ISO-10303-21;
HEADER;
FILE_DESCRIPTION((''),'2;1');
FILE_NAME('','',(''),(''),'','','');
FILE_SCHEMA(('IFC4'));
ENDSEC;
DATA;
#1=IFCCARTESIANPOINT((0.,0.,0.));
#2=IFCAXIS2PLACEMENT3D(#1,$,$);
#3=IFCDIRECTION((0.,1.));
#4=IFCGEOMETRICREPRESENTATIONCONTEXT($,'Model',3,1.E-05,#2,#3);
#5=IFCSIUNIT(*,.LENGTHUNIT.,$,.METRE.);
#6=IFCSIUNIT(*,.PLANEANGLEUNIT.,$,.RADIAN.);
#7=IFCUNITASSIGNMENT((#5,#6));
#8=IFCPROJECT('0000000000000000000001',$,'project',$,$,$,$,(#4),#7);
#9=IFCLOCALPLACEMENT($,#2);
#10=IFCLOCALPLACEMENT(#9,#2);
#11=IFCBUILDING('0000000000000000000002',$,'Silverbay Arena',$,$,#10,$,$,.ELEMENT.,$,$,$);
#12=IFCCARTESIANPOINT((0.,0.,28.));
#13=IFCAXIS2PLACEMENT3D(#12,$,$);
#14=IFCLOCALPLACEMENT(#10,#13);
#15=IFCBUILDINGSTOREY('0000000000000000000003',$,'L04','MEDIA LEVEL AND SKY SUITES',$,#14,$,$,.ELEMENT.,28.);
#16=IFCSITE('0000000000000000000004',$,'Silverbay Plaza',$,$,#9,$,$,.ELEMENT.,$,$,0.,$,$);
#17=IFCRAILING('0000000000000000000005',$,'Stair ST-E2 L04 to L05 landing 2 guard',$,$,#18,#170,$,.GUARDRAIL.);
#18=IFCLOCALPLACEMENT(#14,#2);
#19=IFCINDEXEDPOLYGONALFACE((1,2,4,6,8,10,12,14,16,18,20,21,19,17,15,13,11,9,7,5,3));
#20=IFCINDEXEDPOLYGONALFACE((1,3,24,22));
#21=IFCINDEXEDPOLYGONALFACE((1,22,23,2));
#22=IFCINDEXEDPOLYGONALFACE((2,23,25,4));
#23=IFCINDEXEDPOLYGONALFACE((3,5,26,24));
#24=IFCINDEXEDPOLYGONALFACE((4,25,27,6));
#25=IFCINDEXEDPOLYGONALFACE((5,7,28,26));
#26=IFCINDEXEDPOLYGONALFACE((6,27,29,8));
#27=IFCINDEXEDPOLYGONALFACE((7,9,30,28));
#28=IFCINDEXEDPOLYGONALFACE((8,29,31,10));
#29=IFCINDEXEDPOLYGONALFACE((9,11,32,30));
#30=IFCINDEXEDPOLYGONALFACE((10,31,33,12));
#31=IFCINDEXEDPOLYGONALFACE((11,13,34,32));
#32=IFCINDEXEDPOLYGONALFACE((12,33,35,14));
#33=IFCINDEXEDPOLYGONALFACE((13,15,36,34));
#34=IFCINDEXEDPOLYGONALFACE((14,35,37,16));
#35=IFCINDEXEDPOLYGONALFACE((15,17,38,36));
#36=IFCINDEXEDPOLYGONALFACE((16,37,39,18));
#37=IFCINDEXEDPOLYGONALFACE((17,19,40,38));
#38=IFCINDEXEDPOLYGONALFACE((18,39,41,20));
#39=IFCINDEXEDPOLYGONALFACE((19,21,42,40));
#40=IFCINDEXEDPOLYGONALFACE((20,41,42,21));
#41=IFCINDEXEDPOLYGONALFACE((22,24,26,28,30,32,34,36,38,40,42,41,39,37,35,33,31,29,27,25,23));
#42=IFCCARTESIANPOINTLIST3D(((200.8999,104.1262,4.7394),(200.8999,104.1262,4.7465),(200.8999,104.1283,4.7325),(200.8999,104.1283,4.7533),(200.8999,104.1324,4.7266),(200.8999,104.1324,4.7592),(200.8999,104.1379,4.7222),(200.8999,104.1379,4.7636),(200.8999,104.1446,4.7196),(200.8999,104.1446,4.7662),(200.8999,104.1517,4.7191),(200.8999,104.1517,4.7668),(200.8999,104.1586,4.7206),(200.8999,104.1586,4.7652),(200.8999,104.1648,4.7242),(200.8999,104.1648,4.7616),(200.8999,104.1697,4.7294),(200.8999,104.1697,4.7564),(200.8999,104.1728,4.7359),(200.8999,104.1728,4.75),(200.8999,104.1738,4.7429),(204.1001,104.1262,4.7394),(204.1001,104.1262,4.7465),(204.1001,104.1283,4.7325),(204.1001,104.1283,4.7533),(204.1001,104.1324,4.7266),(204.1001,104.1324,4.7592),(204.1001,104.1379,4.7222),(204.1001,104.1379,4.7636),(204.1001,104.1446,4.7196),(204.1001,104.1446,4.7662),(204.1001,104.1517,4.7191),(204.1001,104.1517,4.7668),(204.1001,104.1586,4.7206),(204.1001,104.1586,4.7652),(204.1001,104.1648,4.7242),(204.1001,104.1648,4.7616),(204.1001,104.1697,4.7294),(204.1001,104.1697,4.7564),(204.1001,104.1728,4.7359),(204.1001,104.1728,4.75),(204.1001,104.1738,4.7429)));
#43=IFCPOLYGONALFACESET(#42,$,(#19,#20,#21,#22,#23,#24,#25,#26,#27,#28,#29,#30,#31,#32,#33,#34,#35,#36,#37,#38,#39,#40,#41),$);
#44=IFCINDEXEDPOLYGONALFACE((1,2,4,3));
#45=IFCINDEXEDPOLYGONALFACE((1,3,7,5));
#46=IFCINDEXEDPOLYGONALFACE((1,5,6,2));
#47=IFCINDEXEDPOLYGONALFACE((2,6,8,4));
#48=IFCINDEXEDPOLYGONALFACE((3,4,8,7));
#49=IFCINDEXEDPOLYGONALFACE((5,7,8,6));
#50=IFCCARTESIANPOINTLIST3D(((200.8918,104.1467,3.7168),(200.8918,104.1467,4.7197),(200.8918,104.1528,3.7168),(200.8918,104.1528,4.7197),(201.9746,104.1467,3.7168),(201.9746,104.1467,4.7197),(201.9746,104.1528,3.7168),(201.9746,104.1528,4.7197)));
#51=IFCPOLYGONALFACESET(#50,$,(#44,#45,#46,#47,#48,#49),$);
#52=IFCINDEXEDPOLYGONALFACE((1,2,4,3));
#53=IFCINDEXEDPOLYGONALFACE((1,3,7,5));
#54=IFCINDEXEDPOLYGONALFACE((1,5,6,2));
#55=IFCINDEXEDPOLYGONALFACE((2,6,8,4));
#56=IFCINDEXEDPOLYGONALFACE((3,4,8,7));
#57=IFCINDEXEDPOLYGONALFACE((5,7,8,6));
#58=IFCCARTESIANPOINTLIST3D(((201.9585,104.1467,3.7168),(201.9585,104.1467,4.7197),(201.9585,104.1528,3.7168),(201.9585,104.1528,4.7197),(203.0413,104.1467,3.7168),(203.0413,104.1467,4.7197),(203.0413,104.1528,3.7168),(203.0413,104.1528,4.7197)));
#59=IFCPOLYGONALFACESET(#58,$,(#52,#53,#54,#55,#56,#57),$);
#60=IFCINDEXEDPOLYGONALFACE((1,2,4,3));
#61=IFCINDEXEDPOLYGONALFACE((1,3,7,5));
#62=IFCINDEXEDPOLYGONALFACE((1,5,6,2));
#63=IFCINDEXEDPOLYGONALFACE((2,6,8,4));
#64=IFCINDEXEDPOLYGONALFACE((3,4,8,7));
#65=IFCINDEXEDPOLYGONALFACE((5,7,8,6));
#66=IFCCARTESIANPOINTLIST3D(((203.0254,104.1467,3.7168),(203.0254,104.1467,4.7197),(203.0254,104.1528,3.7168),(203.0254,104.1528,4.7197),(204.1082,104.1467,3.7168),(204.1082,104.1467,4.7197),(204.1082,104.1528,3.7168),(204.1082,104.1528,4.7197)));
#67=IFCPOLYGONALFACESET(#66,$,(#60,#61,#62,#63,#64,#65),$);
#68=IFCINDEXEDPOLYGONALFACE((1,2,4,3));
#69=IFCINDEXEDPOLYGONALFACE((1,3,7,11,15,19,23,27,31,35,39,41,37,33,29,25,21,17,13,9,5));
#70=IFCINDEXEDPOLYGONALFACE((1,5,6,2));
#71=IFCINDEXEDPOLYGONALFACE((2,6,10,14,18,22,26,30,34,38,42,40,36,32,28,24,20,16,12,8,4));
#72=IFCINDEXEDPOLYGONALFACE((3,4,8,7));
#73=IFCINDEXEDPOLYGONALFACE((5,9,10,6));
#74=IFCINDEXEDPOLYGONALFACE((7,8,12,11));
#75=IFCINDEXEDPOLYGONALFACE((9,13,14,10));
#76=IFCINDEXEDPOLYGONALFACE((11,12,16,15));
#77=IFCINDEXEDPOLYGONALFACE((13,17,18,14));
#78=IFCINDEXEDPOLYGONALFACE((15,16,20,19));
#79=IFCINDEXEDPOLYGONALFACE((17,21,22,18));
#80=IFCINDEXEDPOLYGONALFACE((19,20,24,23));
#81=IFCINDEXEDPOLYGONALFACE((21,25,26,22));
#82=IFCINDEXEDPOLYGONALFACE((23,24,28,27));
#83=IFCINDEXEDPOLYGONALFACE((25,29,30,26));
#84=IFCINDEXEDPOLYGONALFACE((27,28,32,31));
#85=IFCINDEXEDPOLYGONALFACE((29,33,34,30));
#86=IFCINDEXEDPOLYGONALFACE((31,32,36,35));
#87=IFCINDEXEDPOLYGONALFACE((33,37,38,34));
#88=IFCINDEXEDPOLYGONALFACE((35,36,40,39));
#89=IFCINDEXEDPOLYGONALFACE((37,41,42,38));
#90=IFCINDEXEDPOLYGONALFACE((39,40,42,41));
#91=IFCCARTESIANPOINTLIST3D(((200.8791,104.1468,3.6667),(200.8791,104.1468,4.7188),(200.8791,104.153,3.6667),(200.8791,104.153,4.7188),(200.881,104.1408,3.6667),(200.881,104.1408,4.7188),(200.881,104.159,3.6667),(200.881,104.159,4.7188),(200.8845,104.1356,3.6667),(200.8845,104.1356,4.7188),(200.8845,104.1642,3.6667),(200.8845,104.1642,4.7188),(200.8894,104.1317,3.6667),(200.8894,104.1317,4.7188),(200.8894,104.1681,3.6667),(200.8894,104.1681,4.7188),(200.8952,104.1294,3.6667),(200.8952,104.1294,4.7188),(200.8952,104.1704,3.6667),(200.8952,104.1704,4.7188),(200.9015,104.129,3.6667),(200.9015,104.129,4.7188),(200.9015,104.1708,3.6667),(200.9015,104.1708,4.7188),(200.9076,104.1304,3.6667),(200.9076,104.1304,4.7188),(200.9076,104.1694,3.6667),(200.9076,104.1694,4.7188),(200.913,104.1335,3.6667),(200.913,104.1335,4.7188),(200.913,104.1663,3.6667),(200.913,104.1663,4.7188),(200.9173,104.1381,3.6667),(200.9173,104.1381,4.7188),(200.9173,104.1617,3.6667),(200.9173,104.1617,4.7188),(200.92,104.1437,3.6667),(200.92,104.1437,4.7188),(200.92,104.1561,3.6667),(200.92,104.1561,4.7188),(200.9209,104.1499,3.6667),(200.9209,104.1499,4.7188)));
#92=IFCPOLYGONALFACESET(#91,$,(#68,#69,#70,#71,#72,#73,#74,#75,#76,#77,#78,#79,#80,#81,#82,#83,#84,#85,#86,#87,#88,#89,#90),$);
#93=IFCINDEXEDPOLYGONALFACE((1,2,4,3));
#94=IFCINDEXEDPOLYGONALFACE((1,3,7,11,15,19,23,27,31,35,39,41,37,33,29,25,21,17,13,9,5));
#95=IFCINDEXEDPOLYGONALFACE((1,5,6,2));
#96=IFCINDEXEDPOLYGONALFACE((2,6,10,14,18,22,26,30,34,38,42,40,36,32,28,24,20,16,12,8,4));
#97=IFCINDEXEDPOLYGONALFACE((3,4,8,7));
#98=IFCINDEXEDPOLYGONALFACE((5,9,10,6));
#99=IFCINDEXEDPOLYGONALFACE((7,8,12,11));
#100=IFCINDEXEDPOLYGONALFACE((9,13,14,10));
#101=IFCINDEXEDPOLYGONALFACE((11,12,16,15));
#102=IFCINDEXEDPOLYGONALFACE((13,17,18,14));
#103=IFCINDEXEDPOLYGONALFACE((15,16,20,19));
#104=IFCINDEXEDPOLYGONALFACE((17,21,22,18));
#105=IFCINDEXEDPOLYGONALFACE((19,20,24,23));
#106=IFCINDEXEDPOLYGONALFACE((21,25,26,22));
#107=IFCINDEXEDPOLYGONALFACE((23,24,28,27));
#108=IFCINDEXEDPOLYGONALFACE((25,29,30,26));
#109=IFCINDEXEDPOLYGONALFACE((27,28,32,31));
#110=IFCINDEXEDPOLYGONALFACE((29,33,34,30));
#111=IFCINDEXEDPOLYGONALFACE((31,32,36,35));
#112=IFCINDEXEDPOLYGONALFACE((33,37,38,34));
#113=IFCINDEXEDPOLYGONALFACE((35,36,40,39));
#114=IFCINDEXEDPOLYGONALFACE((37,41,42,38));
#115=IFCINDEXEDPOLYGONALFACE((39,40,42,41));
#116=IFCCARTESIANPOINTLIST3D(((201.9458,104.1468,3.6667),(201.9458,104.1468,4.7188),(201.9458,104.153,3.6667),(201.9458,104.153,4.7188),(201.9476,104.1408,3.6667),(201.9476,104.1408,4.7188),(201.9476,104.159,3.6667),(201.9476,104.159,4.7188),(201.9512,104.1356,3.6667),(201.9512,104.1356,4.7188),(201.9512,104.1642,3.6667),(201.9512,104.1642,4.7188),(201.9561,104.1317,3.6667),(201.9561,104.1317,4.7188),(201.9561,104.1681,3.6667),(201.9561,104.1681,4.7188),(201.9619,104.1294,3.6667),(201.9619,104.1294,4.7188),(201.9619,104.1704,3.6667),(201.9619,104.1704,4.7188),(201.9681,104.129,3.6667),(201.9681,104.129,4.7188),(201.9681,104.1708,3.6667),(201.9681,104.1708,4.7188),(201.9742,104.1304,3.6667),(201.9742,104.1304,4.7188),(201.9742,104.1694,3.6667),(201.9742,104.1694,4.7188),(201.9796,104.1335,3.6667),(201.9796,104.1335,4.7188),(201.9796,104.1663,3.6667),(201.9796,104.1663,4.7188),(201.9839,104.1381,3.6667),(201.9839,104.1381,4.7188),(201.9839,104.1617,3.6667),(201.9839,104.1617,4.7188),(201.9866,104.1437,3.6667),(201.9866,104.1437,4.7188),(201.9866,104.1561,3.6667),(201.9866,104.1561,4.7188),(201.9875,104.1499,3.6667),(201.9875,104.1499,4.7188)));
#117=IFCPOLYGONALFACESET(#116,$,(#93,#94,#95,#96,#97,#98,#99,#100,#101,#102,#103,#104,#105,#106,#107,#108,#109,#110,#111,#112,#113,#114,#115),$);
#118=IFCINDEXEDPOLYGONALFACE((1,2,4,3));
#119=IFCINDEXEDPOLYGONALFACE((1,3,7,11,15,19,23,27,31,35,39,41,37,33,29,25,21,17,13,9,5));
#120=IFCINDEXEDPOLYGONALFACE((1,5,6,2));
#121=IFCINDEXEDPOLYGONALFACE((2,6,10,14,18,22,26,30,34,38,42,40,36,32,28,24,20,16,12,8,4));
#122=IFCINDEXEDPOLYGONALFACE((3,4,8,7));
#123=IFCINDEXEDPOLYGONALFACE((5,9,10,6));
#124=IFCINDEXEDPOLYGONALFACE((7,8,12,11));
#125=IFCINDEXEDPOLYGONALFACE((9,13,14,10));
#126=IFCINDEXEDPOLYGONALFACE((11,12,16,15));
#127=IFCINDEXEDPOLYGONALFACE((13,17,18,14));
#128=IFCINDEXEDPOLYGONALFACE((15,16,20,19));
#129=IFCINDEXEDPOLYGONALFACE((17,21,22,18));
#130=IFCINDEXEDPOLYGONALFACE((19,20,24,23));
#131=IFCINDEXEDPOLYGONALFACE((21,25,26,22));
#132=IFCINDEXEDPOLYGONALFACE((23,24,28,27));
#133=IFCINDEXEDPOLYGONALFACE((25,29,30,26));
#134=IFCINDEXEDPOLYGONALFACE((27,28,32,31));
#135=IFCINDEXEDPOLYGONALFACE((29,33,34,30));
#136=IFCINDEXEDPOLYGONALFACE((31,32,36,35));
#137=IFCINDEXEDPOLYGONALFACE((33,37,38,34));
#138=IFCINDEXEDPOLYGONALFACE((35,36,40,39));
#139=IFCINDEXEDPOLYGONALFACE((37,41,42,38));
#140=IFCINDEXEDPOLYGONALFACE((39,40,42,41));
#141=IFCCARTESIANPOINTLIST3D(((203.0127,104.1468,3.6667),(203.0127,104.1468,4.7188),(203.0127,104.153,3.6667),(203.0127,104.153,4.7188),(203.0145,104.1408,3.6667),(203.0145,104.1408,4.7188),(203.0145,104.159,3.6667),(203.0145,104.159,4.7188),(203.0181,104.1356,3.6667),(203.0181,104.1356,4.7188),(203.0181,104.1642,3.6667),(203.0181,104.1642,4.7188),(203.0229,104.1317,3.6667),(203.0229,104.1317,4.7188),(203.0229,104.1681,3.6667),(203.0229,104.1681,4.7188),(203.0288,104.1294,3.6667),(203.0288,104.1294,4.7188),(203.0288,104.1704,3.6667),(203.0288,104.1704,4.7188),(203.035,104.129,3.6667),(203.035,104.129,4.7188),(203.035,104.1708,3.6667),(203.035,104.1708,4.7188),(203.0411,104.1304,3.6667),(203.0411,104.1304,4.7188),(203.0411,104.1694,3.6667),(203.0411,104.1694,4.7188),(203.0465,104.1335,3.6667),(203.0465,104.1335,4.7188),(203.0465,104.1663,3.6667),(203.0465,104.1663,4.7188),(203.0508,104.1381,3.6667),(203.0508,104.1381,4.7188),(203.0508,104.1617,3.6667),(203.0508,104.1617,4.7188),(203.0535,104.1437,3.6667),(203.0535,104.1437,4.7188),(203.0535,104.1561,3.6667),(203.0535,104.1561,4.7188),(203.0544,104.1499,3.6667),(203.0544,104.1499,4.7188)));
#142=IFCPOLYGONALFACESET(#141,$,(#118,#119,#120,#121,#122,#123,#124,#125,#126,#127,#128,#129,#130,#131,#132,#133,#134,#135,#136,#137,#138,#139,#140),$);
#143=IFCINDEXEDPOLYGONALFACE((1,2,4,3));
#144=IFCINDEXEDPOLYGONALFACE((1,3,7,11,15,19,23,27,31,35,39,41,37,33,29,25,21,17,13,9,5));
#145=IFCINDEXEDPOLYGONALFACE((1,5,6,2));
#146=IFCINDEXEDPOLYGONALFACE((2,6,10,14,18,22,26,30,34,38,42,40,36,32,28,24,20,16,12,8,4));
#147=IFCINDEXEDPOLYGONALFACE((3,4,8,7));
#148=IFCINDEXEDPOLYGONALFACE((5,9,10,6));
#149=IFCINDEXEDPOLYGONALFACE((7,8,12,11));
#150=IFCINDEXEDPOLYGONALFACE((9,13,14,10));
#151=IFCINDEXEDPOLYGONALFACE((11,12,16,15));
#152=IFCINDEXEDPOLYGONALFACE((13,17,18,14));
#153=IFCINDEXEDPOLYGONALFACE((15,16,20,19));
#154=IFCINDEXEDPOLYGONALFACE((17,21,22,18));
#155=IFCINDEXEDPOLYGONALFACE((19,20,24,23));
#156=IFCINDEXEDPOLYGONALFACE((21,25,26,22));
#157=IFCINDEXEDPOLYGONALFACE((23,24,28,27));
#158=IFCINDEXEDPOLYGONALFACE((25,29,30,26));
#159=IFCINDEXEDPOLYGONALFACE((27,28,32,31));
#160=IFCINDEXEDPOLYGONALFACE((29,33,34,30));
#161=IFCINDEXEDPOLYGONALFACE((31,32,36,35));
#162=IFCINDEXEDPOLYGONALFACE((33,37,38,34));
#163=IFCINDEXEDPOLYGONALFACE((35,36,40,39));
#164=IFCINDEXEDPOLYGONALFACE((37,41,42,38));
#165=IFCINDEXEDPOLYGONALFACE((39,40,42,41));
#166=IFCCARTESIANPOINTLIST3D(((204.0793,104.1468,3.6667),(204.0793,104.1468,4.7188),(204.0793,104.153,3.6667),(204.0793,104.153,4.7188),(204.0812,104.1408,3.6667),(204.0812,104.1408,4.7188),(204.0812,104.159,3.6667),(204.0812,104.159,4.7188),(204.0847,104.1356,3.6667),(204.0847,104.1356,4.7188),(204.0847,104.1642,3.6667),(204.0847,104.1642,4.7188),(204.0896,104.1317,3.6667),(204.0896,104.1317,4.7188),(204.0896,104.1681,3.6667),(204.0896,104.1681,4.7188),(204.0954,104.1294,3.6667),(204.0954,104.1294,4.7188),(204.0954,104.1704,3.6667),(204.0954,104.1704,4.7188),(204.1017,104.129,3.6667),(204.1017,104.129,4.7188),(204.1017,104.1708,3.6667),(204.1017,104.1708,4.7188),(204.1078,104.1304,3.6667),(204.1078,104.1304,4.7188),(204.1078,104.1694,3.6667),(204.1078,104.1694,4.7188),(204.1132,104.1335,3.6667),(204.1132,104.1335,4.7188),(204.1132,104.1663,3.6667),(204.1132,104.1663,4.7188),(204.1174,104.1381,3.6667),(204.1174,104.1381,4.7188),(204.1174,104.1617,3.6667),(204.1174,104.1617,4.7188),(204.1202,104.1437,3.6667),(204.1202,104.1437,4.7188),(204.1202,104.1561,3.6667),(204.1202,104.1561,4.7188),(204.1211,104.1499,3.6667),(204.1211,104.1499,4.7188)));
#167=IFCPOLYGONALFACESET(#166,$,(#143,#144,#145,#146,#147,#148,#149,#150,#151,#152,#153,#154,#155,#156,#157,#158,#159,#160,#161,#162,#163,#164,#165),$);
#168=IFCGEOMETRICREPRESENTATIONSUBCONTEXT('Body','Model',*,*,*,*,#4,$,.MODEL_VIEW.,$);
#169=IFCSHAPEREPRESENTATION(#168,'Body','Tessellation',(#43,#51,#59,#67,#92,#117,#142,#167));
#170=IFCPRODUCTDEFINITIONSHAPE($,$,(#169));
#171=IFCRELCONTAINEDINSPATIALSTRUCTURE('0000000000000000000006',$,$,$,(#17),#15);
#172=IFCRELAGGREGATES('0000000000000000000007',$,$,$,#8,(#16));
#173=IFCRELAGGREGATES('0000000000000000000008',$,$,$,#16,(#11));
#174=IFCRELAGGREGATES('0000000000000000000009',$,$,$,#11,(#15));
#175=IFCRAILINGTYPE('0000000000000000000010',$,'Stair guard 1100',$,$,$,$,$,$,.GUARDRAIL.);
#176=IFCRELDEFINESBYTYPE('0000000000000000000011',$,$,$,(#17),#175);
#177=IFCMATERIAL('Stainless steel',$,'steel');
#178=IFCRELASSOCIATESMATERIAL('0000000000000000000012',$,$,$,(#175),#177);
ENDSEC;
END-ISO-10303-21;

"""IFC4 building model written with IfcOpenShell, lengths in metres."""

from ifc_helpers import new_model, si_unit, direction, frame, origin, origin_2d, place, context, subcontext, project, spatial, polyline, circle, outline, extrude, material, type_object, element, save


model = new_model("IFC4")

# Units and contexts
model_context = context("Model", 3, precision=1e-05, world=origin(), true_north=direction((0.0, 1.0)))
body_context = subcontext(model_context, "Body", "Model", "MODEL_VIEW")
ifc_project = project(units=[si_unit("LENGTHUNIT", "METRE"), si_unit("PLANEANGLEUNIT", "RADIAN")], contexts=[model_context])

# Site, building, storey
site_placement = place(None, origin())
site = spatial("IfcSite", under=ifc_project, at=site_placement, Name="Silverbay Plaza", CompositionType="ELEMENT", RefElevation=0.0)
building_placement = place(site_placement, origin())
building = spatial("IfcBuilding", under=site, at=building_placement, Name="Silverbay Arena", CompositionType="ELEMENT")
storey_placement = place(building_placement, frame((0.0, 0.0, 28.0)))
storey = spatial("IfcBuildingStorey", under=building, at=storey_placement, Name="L04", Description="MEDIA LEVEL AND SKY SUITES", CompositionType="ELEMENT", Elevation=28.0)

# Railing
ifc_material_1 = material(Name="Stainless steel", Category="steel")
railing_type_1 = type_object("IfcRailingType", Name="Stair guard 1100", PredefinedType="GUARDRAIL", material=ifc_material_1)
railing_1_placement = place(storey_placement, frame((200.8999, 104.1499, 3.6667)))
element("IfcRailing", 1, at=railing_1_placement, inside=storey, type_object=railing_type_1, Name="Stair ST-E2 L04 to L05 landing 2 guard", PredefinedType="GUARDRAIL", context=body_context, shape_type="SweptSolid", body=[
    extrude(circle(Radius=0.0239, at=origin_2d()), frame((0.0, 0.0, 1.0762), z_axis=(1.0, 0.0, 0.0), x_axis=(0.0, 1.0, 0.0)), (0.0, 0.0, 1.0), 3.2002),
    extrude(outline(polyline([(-0.0081, 0.05), (1.0747, 0.05), (1.0747, 1.053), (-0.0081, 1.053), (-0.0081, 0.05)])), frame((0.0, 0.0029, 0.0), z_axis=(0.0, -1.0, 0.0), x_axis=(1.0, 0.0, 0.0)), (0.0, 0.0, 1.0), 0.0061),
    extrude(outline(polyline([(-0.0081, 0.05), (1.0747, 0.05), (1.0747, 1.053), (-0.0081, 1.053), (-0.0081, 0.05)])), frame((1.0667, 0.0029, 0.0), z_axis=(0.0, -1.0, 0.0), x_axis=(1.0, 0.0, 0.0)), (0.0, 0.0, 1.0), 0.0061),
    extrude(outline(polyline([(-0.0081, 0.05), (1.0747, 0.05), (1.0747, 1.053), (-0.0081, 1.053), (-0.0081, 0.05)])), frame((2.1335, 0.0029, 0.0), z_axis=(0.0, -1.0, 0.0), x_axis=(1.0, 0.0, 0.0)), (0.0, 0.0, 1.0), 0.0061),
    extrude(circle(Radius=0.021, at=origin_2d()), origin(), (0.0, 0.0, 1.0), 1.052),
    extrude(circle(Radius=0.021, at=origin_2d()), frame((1.0667, 0.0, 0.0)), (0.0, 0.0, 1.0), 1.052),
    extrude(circle(Radius=0.021, at=origin_2d()), frame((2.1335, 0.0, 0.0)), (0.0, 0.0, 1.0), 1.052),
    extrude(circle(Radius=0.021, at=origin_2d()), frame((3.2002, 0.0, 0.0)), (0.0, 0.0, 1.0), 1.052),
])

save(model, "model.ifc")
